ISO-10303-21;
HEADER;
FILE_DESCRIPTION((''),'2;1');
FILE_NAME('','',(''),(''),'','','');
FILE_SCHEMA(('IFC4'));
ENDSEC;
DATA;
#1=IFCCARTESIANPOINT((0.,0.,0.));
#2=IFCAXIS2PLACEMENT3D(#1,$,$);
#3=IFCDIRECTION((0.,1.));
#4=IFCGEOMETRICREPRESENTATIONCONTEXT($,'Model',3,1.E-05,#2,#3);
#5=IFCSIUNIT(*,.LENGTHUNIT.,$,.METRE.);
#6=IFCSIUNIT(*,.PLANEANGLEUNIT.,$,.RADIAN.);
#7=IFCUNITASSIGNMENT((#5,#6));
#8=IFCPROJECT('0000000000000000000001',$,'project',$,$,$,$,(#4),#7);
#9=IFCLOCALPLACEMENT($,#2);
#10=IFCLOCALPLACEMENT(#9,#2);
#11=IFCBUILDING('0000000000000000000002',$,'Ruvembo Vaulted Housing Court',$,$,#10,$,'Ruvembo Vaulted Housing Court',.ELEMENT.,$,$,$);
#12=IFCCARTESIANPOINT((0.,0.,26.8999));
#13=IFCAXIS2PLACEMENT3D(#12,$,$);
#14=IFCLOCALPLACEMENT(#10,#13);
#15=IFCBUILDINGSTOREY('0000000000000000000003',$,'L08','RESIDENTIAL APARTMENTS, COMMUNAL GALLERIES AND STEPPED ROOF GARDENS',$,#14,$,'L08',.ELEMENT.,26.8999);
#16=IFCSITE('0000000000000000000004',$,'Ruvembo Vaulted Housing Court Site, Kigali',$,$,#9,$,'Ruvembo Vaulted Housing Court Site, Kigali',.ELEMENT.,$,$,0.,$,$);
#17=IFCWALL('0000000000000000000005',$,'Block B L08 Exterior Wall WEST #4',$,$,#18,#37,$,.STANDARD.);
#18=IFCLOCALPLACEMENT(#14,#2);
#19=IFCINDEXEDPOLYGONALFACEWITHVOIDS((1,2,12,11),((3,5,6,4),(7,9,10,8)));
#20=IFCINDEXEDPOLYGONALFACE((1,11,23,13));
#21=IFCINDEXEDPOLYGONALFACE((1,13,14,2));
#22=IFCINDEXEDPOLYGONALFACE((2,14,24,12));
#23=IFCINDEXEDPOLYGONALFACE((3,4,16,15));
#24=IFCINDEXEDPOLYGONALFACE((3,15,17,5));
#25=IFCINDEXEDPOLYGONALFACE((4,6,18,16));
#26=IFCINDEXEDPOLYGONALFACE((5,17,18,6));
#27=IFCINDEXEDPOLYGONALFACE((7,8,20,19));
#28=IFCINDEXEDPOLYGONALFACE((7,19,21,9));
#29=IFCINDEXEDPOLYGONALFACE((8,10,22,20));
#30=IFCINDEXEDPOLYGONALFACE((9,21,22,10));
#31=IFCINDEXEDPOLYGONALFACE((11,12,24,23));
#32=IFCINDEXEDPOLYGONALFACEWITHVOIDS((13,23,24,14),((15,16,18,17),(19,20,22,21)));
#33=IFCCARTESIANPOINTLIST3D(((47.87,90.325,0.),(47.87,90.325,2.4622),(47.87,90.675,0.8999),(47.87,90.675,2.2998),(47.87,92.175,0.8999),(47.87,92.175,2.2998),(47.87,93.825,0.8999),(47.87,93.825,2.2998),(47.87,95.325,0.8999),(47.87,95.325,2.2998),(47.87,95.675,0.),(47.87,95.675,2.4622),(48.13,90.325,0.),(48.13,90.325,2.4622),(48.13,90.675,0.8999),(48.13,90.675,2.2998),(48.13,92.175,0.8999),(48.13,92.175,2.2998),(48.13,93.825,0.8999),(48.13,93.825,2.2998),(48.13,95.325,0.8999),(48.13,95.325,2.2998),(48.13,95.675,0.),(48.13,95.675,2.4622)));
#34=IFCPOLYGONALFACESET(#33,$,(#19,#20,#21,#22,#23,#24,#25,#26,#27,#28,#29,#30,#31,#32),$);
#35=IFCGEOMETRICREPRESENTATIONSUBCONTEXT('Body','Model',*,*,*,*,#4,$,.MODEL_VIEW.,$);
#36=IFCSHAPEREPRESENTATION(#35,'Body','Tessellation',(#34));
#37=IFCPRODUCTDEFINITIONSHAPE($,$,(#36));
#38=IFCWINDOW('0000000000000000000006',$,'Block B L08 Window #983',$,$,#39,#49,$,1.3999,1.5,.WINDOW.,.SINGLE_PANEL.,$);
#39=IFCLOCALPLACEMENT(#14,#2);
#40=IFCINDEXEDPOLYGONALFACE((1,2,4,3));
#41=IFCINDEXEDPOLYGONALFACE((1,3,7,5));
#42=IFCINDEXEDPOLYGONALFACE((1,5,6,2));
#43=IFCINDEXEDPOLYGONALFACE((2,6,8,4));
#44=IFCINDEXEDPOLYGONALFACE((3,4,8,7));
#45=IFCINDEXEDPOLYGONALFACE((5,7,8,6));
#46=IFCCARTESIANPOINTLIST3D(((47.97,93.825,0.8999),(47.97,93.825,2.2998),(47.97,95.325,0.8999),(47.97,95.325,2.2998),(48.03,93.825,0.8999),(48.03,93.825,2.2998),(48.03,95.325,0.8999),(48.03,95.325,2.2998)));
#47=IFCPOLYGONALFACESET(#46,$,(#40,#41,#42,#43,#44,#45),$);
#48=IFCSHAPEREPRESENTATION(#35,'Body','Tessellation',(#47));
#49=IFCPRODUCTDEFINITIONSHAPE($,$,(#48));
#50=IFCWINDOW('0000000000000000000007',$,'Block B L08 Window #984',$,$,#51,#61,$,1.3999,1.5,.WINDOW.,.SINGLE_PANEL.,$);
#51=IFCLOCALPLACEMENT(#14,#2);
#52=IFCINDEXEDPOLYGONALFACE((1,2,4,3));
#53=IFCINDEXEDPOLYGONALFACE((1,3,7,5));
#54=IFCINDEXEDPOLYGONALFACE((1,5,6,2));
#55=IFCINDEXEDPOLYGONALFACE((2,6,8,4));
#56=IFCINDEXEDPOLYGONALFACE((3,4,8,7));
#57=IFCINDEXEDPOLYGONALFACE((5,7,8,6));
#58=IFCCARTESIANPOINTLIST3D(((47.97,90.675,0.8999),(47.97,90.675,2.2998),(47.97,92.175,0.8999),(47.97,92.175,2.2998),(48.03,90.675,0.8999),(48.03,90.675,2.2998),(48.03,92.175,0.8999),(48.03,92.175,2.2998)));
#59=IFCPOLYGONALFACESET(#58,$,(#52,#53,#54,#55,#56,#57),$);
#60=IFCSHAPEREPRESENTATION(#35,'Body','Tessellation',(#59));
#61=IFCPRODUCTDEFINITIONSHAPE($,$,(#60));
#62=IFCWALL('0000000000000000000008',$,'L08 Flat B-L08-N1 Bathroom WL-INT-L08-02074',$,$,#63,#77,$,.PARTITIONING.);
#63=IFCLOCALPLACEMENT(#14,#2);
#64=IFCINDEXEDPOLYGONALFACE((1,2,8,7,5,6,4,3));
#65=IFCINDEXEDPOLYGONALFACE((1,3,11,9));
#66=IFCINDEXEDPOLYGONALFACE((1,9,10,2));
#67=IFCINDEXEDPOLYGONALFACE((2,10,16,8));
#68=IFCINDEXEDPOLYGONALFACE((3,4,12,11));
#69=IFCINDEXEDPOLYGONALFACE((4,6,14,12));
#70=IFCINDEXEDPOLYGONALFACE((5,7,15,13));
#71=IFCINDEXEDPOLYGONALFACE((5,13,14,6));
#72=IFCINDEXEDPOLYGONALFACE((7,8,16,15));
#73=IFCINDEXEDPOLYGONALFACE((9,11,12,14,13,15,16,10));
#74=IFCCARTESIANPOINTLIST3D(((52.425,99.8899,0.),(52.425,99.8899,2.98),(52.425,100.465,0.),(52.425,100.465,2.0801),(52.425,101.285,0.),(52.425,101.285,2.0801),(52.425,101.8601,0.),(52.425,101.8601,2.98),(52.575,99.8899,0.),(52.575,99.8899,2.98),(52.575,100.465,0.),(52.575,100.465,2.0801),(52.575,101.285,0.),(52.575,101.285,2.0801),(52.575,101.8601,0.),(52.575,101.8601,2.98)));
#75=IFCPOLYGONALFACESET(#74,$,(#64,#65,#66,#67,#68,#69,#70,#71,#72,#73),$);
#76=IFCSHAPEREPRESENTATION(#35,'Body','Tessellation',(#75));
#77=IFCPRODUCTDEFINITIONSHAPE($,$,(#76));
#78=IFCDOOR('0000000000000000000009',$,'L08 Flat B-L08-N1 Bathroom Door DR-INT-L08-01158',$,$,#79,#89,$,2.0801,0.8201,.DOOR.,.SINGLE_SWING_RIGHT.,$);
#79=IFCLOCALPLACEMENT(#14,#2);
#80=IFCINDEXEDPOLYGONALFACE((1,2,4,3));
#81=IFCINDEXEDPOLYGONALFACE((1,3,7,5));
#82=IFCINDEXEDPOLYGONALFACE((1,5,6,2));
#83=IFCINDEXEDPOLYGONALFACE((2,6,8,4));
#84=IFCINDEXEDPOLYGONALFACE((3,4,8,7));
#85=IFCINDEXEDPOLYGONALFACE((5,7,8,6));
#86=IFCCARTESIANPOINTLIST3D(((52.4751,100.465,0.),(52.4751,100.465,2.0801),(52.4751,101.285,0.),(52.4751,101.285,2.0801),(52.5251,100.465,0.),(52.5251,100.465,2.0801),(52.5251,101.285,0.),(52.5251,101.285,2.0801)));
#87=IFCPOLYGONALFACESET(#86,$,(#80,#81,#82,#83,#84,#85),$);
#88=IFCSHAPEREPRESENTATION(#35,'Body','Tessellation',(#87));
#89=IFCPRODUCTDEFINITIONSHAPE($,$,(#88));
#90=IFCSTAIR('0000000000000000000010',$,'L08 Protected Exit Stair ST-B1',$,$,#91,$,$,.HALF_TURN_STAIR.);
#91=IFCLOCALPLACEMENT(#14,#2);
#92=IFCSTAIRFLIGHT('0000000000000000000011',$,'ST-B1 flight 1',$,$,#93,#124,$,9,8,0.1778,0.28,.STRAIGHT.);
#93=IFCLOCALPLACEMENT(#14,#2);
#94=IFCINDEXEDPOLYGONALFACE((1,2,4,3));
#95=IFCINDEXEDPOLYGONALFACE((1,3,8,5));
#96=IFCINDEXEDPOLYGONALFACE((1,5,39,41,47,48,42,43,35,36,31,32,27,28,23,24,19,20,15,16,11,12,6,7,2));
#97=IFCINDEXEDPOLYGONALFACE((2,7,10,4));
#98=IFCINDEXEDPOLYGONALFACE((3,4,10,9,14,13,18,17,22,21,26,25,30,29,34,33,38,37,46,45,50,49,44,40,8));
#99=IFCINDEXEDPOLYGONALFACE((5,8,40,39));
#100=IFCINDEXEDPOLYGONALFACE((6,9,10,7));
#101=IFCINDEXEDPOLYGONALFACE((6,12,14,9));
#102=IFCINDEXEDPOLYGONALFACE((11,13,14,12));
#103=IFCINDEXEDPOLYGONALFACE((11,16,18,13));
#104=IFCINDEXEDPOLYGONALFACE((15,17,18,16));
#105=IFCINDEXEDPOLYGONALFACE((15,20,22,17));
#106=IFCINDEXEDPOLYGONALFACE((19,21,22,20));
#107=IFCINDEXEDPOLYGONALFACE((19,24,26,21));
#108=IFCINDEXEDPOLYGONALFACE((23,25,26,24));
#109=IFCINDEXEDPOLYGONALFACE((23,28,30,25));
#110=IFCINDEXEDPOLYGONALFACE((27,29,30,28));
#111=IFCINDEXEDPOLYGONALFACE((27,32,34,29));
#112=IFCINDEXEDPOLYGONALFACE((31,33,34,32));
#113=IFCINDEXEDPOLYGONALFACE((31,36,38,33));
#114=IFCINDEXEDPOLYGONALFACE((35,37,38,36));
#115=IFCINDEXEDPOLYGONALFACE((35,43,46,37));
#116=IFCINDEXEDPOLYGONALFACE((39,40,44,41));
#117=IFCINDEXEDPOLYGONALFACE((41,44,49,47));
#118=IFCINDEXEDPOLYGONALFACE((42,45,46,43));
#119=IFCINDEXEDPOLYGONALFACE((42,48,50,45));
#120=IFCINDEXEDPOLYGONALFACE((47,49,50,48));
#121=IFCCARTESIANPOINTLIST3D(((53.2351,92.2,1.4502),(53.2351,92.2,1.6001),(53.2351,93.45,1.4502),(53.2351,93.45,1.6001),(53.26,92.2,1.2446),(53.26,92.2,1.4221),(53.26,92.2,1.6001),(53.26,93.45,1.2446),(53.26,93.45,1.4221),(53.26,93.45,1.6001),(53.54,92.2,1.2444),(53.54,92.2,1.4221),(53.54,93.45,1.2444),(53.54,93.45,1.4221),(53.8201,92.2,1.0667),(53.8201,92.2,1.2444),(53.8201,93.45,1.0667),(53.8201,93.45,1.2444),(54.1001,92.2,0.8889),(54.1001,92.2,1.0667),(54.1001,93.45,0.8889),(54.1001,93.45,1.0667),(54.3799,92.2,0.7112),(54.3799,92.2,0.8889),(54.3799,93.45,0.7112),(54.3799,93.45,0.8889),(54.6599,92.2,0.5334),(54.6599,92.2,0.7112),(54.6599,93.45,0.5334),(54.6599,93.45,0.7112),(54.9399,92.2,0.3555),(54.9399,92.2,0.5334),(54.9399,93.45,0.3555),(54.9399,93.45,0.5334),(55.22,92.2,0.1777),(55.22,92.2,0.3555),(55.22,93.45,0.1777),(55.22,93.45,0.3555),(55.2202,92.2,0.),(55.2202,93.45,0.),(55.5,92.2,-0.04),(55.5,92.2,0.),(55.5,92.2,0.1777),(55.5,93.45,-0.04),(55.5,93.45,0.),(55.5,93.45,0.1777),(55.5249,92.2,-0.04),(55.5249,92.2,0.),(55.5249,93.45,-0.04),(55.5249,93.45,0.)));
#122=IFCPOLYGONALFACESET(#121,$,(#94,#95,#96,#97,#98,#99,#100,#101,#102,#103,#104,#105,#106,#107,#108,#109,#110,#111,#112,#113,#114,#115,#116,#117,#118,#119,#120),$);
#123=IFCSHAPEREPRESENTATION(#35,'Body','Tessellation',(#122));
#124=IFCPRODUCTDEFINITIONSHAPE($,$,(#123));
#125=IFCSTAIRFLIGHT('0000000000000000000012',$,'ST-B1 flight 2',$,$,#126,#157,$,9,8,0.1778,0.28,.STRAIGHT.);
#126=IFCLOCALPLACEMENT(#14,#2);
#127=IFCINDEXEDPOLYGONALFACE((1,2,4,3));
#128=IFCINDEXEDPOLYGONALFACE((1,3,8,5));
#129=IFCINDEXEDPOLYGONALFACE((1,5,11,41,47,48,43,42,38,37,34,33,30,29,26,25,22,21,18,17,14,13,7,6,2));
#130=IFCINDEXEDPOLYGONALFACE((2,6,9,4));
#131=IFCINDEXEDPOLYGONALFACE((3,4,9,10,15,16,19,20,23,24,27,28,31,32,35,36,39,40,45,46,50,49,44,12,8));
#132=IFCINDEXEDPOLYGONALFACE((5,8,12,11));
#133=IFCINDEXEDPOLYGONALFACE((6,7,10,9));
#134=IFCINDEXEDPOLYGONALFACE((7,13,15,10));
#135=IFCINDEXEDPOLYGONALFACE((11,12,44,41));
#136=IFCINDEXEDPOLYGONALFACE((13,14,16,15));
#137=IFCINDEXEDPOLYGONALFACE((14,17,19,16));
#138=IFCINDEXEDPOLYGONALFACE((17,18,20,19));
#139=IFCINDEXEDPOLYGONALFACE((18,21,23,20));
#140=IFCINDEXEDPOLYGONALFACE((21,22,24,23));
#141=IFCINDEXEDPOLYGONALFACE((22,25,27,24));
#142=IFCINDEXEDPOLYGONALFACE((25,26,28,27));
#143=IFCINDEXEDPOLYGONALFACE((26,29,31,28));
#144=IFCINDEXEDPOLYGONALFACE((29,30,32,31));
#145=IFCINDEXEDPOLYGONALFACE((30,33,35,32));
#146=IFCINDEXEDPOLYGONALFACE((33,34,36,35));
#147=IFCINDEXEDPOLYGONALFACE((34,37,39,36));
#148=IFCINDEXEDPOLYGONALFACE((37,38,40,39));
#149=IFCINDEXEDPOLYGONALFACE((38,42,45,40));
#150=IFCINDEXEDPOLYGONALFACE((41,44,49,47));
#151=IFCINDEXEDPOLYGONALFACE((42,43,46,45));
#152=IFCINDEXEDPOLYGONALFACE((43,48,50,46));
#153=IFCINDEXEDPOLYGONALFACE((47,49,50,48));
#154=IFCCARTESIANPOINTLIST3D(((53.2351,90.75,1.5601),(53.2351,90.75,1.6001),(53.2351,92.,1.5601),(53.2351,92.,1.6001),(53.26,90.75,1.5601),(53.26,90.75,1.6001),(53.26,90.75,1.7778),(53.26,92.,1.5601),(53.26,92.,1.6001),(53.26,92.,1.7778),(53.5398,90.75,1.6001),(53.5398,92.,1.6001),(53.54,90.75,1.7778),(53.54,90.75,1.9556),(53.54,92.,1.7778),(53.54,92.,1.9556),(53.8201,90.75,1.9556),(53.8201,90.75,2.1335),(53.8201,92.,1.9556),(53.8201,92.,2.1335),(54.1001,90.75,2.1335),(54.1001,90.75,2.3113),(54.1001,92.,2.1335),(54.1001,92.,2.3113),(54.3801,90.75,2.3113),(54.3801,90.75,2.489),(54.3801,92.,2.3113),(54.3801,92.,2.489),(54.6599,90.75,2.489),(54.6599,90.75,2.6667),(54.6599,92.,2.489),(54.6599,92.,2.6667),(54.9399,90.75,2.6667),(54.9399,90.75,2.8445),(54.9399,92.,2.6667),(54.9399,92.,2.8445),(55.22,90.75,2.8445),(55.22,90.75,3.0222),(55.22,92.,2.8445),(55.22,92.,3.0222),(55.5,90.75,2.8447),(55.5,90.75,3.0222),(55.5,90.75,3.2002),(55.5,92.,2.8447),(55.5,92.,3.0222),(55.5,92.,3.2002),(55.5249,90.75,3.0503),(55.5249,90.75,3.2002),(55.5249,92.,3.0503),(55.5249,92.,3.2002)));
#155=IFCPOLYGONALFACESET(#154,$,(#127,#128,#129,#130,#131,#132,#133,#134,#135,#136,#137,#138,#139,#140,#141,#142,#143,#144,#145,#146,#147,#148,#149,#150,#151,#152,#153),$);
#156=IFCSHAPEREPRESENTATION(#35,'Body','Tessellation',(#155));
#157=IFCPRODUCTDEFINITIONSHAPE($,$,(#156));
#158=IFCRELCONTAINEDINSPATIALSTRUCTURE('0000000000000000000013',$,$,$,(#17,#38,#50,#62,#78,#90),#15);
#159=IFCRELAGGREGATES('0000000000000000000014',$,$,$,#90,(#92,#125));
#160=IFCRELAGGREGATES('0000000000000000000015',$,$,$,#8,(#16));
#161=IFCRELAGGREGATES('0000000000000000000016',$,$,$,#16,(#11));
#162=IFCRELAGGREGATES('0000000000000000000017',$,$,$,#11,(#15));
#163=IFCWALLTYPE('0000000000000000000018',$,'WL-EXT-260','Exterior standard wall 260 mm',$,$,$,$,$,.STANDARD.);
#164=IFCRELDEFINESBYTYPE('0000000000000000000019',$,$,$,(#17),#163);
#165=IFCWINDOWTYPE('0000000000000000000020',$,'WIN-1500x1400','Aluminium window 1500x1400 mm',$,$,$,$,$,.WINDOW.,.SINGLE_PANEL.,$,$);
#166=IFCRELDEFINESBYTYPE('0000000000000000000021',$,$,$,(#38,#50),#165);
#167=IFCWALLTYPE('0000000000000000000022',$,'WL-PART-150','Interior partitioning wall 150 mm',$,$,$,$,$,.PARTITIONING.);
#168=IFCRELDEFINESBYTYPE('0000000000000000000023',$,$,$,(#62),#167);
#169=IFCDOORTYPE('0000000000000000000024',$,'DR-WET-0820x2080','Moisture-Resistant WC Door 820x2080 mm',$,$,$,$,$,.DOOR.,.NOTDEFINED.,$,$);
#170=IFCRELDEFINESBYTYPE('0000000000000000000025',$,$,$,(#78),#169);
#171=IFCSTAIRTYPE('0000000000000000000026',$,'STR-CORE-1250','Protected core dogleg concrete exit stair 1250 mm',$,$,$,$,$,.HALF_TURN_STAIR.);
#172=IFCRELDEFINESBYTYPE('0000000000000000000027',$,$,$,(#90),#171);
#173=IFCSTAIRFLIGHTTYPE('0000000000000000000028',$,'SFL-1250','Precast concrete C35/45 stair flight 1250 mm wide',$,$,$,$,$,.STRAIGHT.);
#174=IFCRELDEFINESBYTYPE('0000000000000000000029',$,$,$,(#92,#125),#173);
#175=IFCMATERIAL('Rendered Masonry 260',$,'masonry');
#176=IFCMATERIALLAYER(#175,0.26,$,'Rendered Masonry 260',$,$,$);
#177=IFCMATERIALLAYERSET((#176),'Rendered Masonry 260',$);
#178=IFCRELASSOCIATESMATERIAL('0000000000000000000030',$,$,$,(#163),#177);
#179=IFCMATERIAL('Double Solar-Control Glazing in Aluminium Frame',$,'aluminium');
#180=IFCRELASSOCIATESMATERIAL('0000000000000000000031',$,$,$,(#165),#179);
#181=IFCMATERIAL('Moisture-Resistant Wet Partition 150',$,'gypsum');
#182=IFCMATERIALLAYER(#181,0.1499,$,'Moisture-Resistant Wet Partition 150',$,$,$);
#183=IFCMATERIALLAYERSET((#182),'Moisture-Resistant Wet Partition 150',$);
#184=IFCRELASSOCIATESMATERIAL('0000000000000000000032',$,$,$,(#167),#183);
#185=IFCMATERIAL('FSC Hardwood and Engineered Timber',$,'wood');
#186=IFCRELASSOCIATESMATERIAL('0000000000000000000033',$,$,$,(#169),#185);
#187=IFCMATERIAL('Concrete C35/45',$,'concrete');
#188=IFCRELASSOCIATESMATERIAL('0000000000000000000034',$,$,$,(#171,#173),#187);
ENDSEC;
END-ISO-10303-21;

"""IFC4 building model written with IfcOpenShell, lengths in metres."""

from ifc_helpers import new_model, si_unit, direction, frame, frame_2d, origin, place, context, subcontext, project, spatial, polyline, rectangle, outline, extrude, material, layer, layer_set, type_object, element, fill, aggregate, save


model = new_model("IFC4")

# Units and contexts
model_context = context("Model", 3, precision=1e-05, world=origin(), true_north=direction((0.0, 1.0)))
body_context = subcontext(model_context, "Body", "Model", "MODEL_VIEW")
ifc_project = project(units=[si_unit("LENGTHUNIT", "METRE"), si_unit("PLANEANGLEUNIT", "RADIAN")], contexts=[model_context])

# Site, building, storey
site_placement = place(None, origin())
site = spatial("IfcSite", under=ifc_project, at=site_placement, Name="Ruvembo Vaulted Housing Court Site, Kigali", LongName="Ruvembo Vaulted Housing Court Site, Kigali", CompositionType="ELEMENT", RefElevation=0.0)
building_placement = place(site_placement, origin())
building = spatial("IfcBuilding", under=site, at=building_placement, Name="Ruvembo Vaulted Housing Court", LongName="Ruvembo Vaulted Housing Court", CompositionType="ELEMENT")
storey_placement = place(building_placement, frame((0.0, 0.0, 26.8999)))
storey = spatial("IfcBuildingStorey", under=building, at=storey_placement, Name="L08", Description="RESIDENTIAL APARTMENTS, COMMUNAL GALLERIES AND STEPPED ROOF GARDENS", LongName="L08", CompositionType="ELEMENT", Elevation=26.8999)

# Shared definitions
ifc_material_1 = material(Name="Concrete C35/45", Category="concrete")

# Shared definitions
ifc_material_2 = material(Name="FSC Hardwood and Engineered Timber", Category="wood")

# Wall, openings, windows
ifc_material_3 = material(Name="Rendered Masonry 260", Category="masonry")
ifc_layer_1 = layer(ifc_material_3, 0.26, Name="Rendered Masonry 260")
ifc_layer_set_1 = layer_set([ifc_layer_1], Name="Rendered Masonry 260")
wall_type_1 = type_object("IfcWallType", Name="WL-EXT-260", Description="Exterior standard wall 260 mm", PredefinedType="STANDARD", material=ifc_layer_set_1)
ifc_material_4 = material(Name="Double Solar-Control Glazing in Aluminium Frame", Category="aluminium")
wall_1_placement = place(storey_placement, frame((48.0, 95.675, 0.0), z_axis=(0.0, 0.0, 1.0), x_axis=(0.0, -1.0, 0.0)))
wall_1 = element("IfcWall", 1, at=wall_1_placement, inside=storey, type_object=wall_type_1, Name="Block B L08 Exterior Wall WEST #4", PredefinedType="STANDARD", context=body_context, shape_type="SweptSolid", body=[
    extrude(rectangle(XDim=5.3501, YDim=0.26, at=frame_2d((2.675, 0.0))), origin(), (0.0, 0.0, 1.0), 2.4622),
])
opening_1_placement = place(wall_1_placement, frame((0.3501, 0.0, 0.8999)))
opening_1 = element("IfcOpeningElement", 2, at=opening_1_placement, cuts=wall_1, PredefinedType="OPENING", context=body_context, shape_type="SweptSolid", body=[
    extrude(rectangle(XDim=1.5, YDim=1.3999, at=frame_2d((0.75, 0.7))), frame((0.0, 0.1399, 0.0), z_axis=(0.0, -1.0, 0.0), x_axis=(1.0, 0.0, 0.0)), (0.0, 0.0, 1.0), 0.28),
])
opening_2_placement = place(wall_1_placement, frame((3.5, 0.0, 0.8999)))
opening_2 = element("IfcOpeningElement", 3, at=opening_2_placement, cuts=wall_1, PredefinedType="OPENING", context=body_context, shape_type="SweptSolid", body=[
    extrude(rectangle(XDim=1.5, YDim=1.3999, at=frame_2d((0.75, 0.7))), frame((0.0, 0.1399, 0.0), z_axis=(0.0, -1.0, 0.0), x_axis=(1.0, 0.0, 0.0)), (0.0, 0.0, 1.0), 0.28),
])
window_type_1 = type_object("IfcWindowType", Name="WIN-1500x1400", Description="Aluminium window 1500x1400 mm", PartitioningType="SINGLE_PANEL", PredefinedType="WINDOW", material=ifc_material_4)
window_1_placement = place(opening_1_placement, origin())
window_1 = element("IfcWindow", 4, at=window_1_placement, inside=storey, type_object=window_type_1, Name="Block B L08 Window #983", OverallHeight=1.3999, OverallWidth=1.5, PartitioningType="SINGLE_PANEL", PredefinedType="WINDOW", context=body_context, shape_type="SweptSolid", body=[
    extrude(rectangle(XDim=1.5, YDim=1.3999, at=frame_2d((0.75, 0.7))), frame((0.0, 0.03, 0.0), z_axis=(0.0, -1.0, 0.0), x_axis=(1.0, 0.0, 0.0)), (0.0, 0.0, 1.0), 0.0601),
])
fill(opening_1, window_1)
window_2_placement = place(opening_2_placement, origin())
window_2 = element("IfcWindow", 5, at=window_2_placement, inside=storey, type_object=window_type_1, Name="Block B L08 Window #984", OverallHeight=1.3999, OverallWidth=1.5, PartitioningType="SINGLE_PANEL", PredefinedType="WINDOW", context=body_context, shape_type="SweptSolid", body=[
    extrude(rectangle(XDim=1.5, YDim=1.3999, at=frame_2d((0.75, 0.7))), frame((0.0, 0.03, 0.0), z_axis=(0.0, -1.0, 0.0), x_axis=(1.0, 0.0, 0.0)), (0.0, 0.0, 1.0), 0.0601),
])
fill(opening_2, window_2)

# Wall, opening, door
ifc_material_5 = material(Name="Moisture-Resistant Wet Partition 150", Category="gypsum")
ifc_layer_2 = layer(ifc_material_5, 0.1499, Name="Moisture-Resistant Wet Partition 150")
ifc_layer_set_2 = layer_set([ifc_layer_2], Name="Moisture-Resistant Wet Partition 150")
wall_type_2 = type_object("IfcWallType", Name="WL-PART-150", Description="Interior partitioning wall 150 mm", PredefinedType="PARTITIONING", material=ifc_layer_set_2)
wall_2_placement = place(storey_placement, frame((52.5, 99.8899, 0.0), z_axis=(0.0, 0.0, 1.0), x_axis=(0.0, 1.0, 0.0)))
wall_2 = element("IfcWall", 6, at=wall_2_placement, inside=storey, type_object=wall_type_2, Name="L08 Flat B-L08-N1 Bathroom WL-INT-L08-02074", PredefinedType="PARTITIONING", context=body_context, shape_type="SweptSolid", body=[
    extrude(rectangle(XDim=1.9702, YDim=0.1499, at=frame_2d((0.9851, 0.0))), origin(), (0.0, 0.0, 1.0), 2.98),
])
opening_3_placement = place(wall_2_placement, frame((0.575, 0.0, 0.0)))
opening_3 = element("IfcOpeningElement", 7, at=opening_3_placement, cuts=wall_2, PredefinedType="OPENING", context=body_context, shape_type="SweptSolid", body=[
    extrude(rectangle(XDim=0.8201, YDim=2.0801, at=frame_2d((0.4102, 1.04))), frame((0.0, 0.085, 0.0), z_axis=(0.0, -1.0, 0.0), x_axis=(1.0, 0.0, 0.0)), (0.0, 0.0, 1.0), 0.1699),
])
door_type_1 = type_object("IfcDoorType", Name="DR-WET-0820x2080", Description="Moisture-Resistant WC Door 820x2080 mm", OperationType="NOTDEFINED", PredefinedType="DOOR", material=ifc_material_2)
door_1_placement = place(opening_3_placement, origin())
door_1 = element("IfcDoor", 8, at=door_1_placement, inside=storey, type_object=door_type_1, Name="L08 Flat B-L08-N1 Bathroom Door DR-INT-L08-01158", OperationType="SINGLE_SWING_RIGHT", OverallHeight=2.0801, OverallWidth=0.8201, PredefinedType="DOOR", context=body_context, shape_type="SweptSolid", body=[
    extrude(rectangle(XDim=0.8201, YDim=2.0801, at=frame_2d((0.4102, 1.04))), frame((0.0, 0.0249, 0.0), z_axis=(0.0, -1.0, 0.0), x_axis=(1.0, 0.0, 0.0)), (0.0, 0.0, 1.0), 0.05),
])
fill(opening_3, door_1)

# Stair, stair flights
stair_type = type_object("IfcStairType", Name="STR-CORE-1250", Description="Protected core dogleg concrete exit stair 1250 mm", PredefinedType="HALF_TURN_STAIR", material=ifc_material_1)
stair_placement = place(storey_placement, origin())
stair = element("IfcStair", 9, at=stair_placement, inside=storey, type_object=stair_type, Name="L08 Protected Exit Stair ST-B1", PredefinedType="HALF_TURN_STAIR")
stair_flight_type = type_object("IfcStairFlightType", Name="SFL-1250", Description="Precast concrete C35/45 stair flight 1250 mm wide", PredefinedType="STRAIGHT", material=ifc_material_1)
stair_flight_1_placement = place(storey_placement, frame((55.5, 92.825, 0.0), z_axis=(0.0, 0.0, 1.0), x_axis=(-1.0, 0.0, 0.0)))
stair_flight_1 = element("IfcStairFlight", 10, at=stair_flight_1_placement, type_object=stair_flight_type, Name="ST-B1 flight 1", NumberOfRisers=9, NumberOfTreads=8, PredefinedType="STRAIGHT", RiserHeight=0.1778, TreadLength=0.28, context=body_context, shape_type="SweptSolid", body=[
    extrude(outline(polyline([(-0.0249, -0.04), (-0.0249, 0.0), (0.0, 0.0), (0.0, 0.1777), (0.28, 0.1777), (0.28, 0.3555), (0.5601, 0.3555), (0.5601, 0.5334), (0.8401, 0.5334), (0.8401, 0.7112), (1.1201, 0.7112), (1.1201, 0.8889), (1.3999, 0.8889), (1.3999, 1.0667), (1.6799, 1.0667), (1.6799, 1.2444), (1.96, 1.2444), (1.96, 1.4221), (2.24, 1.4221), (2.24, 1.6001), (2.2649, 1.6001), (2.2649, 1.4502), (2.24, 1.2446), (0.2798, 0.0), (0.0, -0.04), (-0.0249, -0.04)])), frame((0.0, 0.625, 0.0), z_axis=(0.0, -1.0, 0.0), x_axis=(1.0, 0.0, 0.0)), (0.0, 0.0, 1.0), 1.25),
])
stair_flight_2_placement = place(storey_placement, frame((53.26, 91.375, 1.6001), z_axis=(0.0, 0.0, 1.0), x_axis=(1.0, 0.0, 0.0)))
stair_flight_2 = element("IfcStairFlight", 11, at=stair_flight_2_placement, type_object=stair_flight_type, Name="ST-B1 flight 2", NumberOfRisers=9, NumberOfTreads=8, PredefinedType="STRAIGHT", RiserHeight=0.1778, TreadLength=0.28, context=body_context, shape_type="SweptSolid", body=[
    extrude(outline(polyline([(-0.0249, -0.04), (-0.0249, 0.0), (0.0, 0.0), (0.0, 0.1777), (0.28, 0.1777), (0.28, 0.3555), (0.5601, 0.3555), (0.5601, 0.5334), (0.8401, 0.5334), (0.8401, 0.7112), (1.1201, 0.7112), (1.1201, 0.8889), (1.3999, 0.8889), (1.3999, 1.0667), (1.6799, 1.0667), (1.6799, 1.2444), (1.96, 1.2444), (1.96, 1.4221), (2.24, 1.4221), (2.24, 1.6001), (2.2649, 1.6001), (2.2649, 1.4502), (2.24, 1.2446), (0.2798, 0.0), (0.0, -0.04), (-0.0249, -0.04)])), frame((0.0, 0.625, 0.0), z_axis=(0.0, -1.0, 0.0), x_axis=(1.0, 0.0, 0.0)), (0.0, 0.0, 1.0), 1.25),
])
aggregate(stair, [stair_flight_1, stair_flight_2])

save(model, "model.ifc")
